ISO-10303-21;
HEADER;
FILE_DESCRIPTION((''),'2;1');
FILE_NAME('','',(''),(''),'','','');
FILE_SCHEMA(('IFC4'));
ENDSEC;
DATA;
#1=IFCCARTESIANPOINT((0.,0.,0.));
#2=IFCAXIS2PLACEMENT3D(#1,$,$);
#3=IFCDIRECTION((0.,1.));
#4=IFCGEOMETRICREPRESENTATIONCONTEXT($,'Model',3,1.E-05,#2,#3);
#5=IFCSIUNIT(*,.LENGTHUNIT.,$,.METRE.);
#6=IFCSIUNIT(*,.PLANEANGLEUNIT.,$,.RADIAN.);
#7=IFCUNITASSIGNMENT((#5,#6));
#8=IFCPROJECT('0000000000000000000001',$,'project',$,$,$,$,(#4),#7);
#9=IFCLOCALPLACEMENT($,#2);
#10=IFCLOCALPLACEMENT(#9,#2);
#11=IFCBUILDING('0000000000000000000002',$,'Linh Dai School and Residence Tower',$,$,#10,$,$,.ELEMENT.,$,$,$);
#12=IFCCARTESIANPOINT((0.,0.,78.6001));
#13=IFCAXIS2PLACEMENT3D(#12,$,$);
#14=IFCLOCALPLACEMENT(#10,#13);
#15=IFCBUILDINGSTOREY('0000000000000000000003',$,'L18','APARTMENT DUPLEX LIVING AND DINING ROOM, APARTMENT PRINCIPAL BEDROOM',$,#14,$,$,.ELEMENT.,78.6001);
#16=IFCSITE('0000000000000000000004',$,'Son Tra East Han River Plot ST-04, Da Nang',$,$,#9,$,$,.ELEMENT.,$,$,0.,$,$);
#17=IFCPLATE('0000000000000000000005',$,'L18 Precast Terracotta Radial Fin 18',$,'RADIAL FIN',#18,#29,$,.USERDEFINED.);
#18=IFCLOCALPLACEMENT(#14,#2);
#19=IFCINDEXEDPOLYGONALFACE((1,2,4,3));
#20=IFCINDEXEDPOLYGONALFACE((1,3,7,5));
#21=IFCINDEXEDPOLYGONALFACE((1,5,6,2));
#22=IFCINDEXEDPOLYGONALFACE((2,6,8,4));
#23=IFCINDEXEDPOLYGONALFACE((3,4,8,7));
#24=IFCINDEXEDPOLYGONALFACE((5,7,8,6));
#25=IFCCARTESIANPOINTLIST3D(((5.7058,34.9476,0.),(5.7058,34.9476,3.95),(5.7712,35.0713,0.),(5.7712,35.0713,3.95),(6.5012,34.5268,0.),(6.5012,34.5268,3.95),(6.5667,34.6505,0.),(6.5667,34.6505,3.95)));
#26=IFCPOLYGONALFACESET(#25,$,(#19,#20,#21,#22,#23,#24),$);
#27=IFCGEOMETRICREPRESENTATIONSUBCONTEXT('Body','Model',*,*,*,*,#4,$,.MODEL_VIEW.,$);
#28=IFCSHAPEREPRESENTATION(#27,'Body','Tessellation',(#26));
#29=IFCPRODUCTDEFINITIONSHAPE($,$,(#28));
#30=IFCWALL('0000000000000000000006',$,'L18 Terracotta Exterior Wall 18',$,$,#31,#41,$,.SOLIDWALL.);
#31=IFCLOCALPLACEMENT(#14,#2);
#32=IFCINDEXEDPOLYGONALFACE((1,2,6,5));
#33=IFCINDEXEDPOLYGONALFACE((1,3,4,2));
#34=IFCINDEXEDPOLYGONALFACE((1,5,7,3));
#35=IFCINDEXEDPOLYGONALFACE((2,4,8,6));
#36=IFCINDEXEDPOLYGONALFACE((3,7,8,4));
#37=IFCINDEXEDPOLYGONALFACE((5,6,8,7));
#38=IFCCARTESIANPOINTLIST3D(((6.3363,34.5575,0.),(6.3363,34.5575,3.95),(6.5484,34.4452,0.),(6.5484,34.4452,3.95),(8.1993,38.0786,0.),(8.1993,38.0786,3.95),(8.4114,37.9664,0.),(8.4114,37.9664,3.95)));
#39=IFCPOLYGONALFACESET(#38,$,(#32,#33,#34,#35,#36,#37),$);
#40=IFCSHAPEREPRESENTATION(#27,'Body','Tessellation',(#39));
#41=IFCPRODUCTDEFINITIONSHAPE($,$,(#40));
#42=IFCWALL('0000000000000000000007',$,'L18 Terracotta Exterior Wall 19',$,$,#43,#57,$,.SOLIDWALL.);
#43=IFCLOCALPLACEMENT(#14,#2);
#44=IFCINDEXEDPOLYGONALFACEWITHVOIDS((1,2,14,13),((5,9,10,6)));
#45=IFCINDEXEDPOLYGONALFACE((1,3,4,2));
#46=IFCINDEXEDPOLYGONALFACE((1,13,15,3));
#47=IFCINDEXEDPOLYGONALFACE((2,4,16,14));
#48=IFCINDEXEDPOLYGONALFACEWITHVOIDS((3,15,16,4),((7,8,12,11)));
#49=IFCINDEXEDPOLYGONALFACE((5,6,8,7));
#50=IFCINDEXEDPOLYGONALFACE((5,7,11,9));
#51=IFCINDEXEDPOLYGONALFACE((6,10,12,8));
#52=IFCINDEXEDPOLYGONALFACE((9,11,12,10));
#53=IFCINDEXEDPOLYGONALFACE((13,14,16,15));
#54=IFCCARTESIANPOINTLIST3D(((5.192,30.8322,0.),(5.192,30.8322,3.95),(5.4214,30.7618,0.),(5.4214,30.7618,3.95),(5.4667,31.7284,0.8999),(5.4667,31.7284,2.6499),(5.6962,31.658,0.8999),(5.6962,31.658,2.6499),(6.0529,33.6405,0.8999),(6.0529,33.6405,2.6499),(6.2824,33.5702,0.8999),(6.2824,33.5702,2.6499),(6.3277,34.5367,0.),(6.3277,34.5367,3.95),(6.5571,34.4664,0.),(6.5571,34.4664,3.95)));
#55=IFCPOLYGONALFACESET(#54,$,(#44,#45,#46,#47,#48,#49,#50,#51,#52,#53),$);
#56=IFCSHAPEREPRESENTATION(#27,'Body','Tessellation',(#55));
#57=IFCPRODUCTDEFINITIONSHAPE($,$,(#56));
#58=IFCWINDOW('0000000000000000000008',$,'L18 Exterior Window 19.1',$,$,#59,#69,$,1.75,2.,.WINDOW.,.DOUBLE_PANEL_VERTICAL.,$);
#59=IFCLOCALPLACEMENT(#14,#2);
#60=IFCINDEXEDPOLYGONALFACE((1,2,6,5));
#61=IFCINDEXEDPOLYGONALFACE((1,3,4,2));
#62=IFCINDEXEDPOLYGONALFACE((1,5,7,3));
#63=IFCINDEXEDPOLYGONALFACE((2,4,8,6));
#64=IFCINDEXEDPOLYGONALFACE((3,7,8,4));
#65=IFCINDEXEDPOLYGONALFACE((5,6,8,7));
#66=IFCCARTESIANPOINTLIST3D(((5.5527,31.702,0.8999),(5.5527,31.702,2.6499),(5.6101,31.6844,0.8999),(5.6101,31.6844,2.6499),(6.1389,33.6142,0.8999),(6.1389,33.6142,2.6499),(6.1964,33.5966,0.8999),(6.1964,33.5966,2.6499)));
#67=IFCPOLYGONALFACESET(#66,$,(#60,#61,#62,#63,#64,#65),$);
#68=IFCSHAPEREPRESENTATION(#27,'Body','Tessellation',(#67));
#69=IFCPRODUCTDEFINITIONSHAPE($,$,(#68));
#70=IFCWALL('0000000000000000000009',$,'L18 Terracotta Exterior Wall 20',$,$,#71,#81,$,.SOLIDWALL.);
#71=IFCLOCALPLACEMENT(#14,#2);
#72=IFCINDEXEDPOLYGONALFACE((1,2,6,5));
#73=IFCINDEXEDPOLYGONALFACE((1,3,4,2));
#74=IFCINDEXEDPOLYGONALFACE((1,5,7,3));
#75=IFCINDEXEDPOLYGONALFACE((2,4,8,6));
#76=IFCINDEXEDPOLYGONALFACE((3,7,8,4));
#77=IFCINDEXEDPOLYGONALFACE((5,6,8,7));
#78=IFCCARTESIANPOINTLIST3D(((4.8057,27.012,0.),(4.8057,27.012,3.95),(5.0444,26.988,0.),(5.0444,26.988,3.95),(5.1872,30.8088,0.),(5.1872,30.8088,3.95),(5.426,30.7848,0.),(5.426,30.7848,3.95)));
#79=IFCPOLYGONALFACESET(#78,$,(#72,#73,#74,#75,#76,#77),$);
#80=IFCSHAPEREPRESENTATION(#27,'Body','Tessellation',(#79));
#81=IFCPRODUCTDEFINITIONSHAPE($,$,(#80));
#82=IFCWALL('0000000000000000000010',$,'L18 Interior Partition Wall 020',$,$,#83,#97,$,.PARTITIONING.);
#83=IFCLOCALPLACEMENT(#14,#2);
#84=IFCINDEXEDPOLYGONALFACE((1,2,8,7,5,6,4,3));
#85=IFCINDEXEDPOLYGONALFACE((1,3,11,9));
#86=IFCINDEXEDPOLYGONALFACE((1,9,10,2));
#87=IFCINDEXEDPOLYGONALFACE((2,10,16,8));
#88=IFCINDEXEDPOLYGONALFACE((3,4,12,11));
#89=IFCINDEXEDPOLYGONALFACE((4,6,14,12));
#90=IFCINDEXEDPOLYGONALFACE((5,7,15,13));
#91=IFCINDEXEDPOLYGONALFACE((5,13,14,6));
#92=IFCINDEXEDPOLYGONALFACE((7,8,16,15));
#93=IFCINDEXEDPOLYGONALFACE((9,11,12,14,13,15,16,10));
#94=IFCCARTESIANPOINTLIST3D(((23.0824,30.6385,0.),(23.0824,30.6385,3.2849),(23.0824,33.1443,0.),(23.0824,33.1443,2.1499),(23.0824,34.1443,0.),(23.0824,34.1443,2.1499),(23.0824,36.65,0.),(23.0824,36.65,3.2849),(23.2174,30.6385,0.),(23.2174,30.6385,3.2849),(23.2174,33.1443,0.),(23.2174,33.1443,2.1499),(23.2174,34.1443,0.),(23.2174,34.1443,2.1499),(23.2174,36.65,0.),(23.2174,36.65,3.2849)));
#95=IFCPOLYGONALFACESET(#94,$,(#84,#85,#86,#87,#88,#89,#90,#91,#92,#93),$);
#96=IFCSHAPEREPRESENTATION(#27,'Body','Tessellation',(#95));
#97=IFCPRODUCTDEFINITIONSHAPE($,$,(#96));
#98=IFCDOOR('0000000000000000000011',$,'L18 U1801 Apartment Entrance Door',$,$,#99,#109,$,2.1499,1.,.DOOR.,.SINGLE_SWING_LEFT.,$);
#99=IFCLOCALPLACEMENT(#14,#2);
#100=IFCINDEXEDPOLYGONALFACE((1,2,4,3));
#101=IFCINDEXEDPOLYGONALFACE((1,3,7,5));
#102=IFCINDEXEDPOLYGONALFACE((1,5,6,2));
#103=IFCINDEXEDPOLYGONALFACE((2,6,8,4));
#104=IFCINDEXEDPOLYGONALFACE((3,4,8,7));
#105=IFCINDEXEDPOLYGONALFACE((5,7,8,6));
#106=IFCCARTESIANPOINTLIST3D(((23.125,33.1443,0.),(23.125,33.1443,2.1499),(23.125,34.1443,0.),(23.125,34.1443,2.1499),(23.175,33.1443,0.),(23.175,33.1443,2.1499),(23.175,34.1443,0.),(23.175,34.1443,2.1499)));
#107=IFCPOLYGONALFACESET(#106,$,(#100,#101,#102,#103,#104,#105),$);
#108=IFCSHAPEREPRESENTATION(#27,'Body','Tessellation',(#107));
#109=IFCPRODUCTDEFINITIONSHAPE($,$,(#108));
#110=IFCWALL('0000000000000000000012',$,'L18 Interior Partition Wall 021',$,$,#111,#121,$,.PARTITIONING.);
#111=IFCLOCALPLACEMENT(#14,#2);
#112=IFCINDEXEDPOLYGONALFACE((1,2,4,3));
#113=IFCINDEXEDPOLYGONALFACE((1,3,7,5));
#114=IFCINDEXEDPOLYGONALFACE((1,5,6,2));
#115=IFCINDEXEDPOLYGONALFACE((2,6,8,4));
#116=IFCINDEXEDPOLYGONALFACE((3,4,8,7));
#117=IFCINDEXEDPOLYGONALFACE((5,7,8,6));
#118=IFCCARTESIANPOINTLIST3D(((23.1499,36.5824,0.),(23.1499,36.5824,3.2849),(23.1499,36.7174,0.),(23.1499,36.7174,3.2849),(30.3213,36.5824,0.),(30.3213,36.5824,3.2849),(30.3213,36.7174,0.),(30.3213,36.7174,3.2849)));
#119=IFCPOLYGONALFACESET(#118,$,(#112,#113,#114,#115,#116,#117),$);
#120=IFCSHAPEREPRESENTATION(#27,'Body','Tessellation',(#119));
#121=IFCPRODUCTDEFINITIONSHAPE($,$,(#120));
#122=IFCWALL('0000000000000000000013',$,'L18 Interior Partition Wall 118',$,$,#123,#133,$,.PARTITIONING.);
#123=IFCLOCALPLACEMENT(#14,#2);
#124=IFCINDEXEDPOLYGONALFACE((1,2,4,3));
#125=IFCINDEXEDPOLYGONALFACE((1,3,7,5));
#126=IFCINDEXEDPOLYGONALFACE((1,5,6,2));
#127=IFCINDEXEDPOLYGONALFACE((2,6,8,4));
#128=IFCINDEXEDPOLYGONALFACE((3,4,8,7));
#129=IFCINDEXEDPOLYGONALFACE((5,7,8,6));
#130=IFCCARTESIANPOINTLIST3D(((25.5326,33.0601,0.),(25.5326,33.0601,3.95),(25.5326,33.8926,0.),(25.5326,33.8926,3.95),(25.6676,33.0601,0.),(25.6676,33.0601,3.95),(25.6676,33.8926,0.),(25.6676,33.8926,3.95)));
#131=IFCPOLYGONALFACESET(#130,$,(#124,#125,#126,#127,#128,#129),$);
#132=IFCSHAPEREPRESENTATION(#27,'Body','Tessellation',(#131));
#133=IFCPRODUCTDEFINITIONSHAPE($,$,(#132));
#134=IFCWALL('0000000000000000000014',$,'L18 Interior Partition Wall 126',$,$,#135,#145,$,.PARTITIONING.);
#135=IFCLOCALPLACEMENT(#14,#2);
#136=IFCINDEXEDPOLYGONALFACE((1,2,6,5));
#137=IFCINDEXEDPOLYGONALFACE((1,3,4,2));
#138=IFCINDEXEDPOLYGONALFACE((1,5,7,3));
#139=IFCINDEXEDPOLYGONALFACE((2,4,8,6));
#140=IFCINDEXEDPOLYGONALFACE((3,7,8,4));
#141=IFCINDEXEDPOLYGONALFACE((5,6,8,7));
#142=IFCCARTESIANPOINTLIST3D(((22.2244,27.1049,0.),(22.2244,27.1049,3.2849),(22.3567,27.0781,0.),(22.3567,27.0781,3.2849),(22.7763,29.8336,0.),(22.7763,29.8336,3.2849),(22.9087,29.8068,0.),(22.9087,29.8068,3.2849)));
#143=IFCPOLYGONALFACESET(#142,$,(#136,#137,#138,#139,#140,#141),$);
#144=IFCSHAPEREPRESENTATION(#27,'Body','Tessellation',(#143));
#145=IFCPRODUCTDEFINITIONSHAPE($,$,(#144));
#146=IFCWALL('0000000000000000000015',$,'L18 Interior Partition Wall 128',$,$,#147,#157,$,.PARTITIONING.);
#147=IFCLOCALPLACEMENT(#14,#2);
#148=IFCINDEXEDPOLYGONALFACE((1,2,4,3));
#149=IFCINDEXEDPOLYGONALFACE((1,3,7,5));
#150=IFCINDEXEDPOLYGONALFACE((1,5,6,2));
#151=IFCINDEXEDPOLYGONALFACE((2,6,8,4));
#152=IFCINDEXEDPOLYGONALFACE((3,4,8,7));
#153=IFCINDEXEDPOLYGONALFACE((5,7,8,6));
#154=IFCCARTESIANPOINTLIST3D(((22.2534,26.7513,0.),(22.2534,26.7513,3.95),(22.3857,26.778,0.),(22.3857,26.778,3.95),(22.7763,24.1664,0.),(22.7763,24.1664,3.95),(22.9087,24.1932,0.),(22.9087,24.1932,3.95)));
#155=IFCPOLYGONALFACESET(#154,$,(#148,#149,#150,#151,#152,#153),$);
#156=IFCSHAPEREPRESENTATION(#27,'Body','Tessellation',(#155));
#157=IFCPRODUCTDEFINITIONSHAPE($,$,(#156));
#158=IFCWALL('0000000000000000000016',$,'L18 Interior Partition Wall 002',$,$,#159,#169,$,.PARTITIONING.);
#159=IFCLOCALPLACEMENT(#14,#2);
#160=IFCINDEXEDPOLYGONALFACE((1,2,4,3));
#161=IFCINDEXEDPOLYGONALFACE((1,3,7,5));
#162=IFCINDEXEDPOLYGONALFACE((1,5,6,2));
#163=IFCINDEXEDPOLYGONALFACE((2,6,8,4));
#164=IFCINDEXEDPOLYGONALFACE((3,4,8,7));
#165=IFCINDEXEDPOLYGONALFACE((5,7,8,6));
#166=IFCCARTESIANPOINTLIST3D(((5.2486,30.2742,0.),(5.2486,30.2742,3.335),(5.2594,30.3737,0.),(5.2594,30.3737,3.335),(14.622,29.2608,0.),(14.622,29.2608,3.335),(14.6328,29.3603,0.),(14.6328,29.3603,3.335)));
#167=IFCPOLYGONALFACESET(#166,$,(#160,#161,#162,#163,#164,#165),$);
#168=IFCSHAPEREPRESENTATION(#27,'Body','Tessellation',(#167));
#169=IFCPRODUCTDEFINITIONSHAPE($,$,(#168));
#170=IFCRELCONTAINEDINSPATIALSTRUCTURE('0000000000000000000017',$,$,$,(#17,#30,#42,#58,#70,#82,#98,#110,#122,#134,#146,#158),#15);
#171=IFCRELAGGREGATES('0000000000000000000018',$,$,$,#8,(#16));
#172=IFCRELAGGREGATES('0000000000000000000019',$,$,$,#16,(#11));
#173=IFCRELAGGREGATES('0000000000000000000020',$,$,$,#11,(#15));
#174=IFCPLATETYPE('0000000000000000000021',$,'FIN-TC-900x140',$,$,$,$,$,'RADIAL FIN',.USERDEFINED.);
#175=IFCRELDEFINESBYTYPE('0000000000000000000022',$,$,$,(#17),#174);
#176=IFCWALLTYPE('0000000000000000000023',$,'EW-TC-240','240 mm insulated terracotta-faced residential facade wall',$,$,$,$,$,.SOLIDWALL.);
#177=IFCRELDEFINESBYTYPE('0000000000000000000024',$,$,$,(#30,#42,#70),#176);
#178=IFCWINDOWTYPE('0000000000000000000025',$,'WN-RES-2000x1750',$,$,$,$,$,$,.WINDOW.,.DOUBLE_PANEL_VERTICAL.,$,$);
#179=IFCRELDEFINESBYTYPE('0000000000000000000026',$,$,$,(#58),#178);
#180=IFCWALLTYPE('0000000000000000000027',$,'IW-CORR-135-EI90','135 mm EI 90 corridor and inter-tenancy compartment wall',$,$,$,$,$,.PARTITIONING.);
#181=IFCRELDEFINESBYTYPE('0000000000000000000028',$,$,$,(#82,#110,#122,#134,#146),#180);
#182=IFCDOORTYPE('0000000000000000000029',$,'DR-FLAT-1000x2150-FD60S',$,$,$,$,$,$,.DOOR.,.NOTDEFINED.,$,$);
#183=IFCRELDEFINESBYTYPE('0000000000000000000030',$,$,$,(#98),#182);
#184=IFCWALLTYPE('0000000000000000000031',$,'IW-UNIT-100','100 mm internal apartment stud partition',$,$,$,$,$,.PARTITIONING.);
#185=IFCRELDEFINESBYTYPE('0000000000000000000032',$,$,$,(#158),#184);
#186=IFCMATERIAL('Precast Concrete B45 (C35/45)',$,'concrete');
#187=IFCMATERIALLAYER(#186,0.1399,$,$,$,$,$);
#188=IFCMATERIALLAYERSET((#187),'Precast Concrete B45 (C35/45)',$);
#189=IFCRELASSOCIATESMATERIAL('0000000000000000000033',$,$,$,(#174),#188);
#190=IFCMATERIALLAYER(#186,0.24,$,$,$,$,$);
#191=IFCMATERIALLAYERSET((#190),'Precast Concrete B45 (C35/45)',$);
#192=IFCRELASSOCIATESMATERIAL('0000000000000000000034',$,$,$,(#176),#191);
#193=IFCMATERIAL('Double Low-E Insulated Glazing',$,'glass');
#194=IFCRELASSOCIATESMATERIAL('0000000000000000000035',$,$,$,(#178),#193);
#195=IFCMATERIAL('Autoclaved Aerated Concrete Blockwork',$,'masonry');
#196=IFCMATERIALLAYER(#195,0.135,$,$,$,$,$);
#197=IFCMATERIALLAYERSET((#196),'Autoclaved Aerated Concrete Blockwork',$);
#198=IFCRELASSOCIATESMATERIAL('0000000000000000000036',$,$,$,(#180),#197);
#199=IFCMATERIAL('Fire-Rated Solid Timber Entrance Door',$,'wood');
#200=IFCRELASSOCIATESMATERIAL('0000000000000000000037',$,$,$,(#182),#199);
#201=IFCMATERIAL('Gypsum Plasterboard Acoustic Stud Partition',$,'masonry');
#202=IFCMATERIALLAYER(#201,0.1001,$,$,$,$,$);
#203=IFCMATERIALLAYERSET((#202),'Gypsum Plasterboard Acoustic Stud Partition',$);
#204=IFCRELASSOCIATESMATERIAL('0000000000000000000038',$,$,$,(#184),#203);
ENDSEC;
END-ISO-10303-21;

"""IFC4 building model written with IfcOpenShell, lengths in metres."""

from ifc_helpers import new_model, si_unit, direction, frame, frame_2d, origin, origin_2d, place, context, subcontext, project, spatial, rectangle, extrude, source, transform, mapped, material, layer, layer_set, type_object, element, fill, save


model = new_model("IFC4")

# Units and contexts
model_context = context("Model", 3, precision=1e-05, world=origin(), true_north=direction((0.0, 1.0)))
body_context = subcontext(model_context, "Body", "Model", "MODEL_VIEW")
ifc_project = project(units=[si_unit("LENGTHUNIT", "METRE"), si_unit("PLANEANGLEUNIT", "RADIAN")], contexts=[model_context])

# Site, building, storey
site_placement = place(None, origin())
site = spatial("IfcSite", under=ifc_project, at=site_placement, Name="Son Tra East Han River Plot ST-04, Da Nang", CompositionType="ELEMENT", RefElevation=0.0)
building_placement = place(site_placement, origin())
building = spatial("IfcBuilding", under=site, at=building_placement, Name="Linh Dai School and Residence Tower", CompositionType="ELEMENT")
storey_placement = place(building_placement, frame((0.0, 0.0, 78.6001)))
storey = spatial("IfcBuildingStorey", under=building, at=storey_placement, Name="L18", Description="APARTMENT DUPLEX LIVING AND DINING ROOM, APARTMENT PRINCIPAL BEDROOM", CompositionType="ELEMENT", Elevation=78.6001)

# Plate
ifc_material_1 = material(Name="Precast Concrete B45 (C35/45)", Category="concrete")
ifc_layer_1 = layer(ifc_material_1, 0.1399)
ifc_layer_set_1 = layer_set([ifc_layer_1], Name="Precast Concrete B45 (C35/45)")
plate_type = type_object("IfcPlateType", Name="FIN-TC-900x140", ElementType="RADIAL FIN", PredefinedType="USERDEFINED", material=ifc_layer_set_1)
shared_shape_1 = source(origin(), body_context, "Body", "SweptSolid", [
    extrude(rectangle(XDim=0.8999, YDim=0.1399, at=origin_2d()), origin(), (0.0, 0.0, 1.0), 3.95),
])
plate_placement = place(storey_placement, frame((6.1362, 34.7991, 0.0), z_axis=(0.0, 0.0, 1.0), x_axis=(-0.883934, 0.467612, 0.0)))
element("IfcPlate", 1, at=plate_placement, inside=storey, type_object=plate_type, Name="L18 Precast Terracotta Radial Fin 18", ObjectType="RADIAL FIN", PredefinedType="USERDEFINED", context=body_context, shape_type="MappedRepresentation", body=[
    mapped(shared_shape_1, transform((0.0, 0.0, 0.0), x_axis=(1.0, 0.0, 0.0), y_axis=(0.0, 1.0, 0.0), z_axis=(0.0, 0.0, 1.0), scale=1.0)),
])

# Wall
ifc_layer_2 = layer(ifc_material_1, 0.24)
ifc_layer_set_2 = layer_set([ifc_layer_2], Name="Precast Concrete B45 (C35/45)")
wall_type_1 = type_object("IfcWallType", Name="EW-TC-240", Description="240 mm insulated terracotta-faced residential facade wall", PredefinedType="SOLIDWALL", material=ifc_layer_set_2)
wall_1_placement = place(storey_placement, frame((6.4424, 34.5015, 0.0), z_axis=(0.0, 0.0, 1.0), x_axis=(0.467662, 0.883907, 0.0)))
element("IfcWall", 2, at=wall_1_placement, inside=storey, type_object=wall_type_1, Name="L18 Terracotta Exterior Wall 18", PredefinedType="SOLIDWALL", context=body_context, shape_type="SweptSolid", body=[
    extrude(rectangle(XDim=3.9836, YDim=0.24, at=frame_2d((1.9917, 0.0))), origin(), (0.0, 0.0, 1.0), 3.95),
])

# Wall, opening, window
wall_2_placement = place(storey_placement, frame((5.3066, 30.7969, 0.0), z_axis=(0.0, 0.0, 1.0), x_axis=(0.293112, 0.956078, 0.0)))
wall_2 = element("IfcWall", 3, at=wall_2_placement, inside=storey, type_object=wall_type_1, Name="L18 Terracotta Exterior Wall 19", PredefinedType="SOLIDWALL", context=body_context, shape_type="SweptSolid", body=[
    extrude(rectangle(XDim=3.8748, YDim=0.24, at=frame_2d((1.9375, 0.0))), origin(), (0.0, 0.0, 1.0), 3.95),
])
opening_1_placement = place(wall_2_placement, frame((0.9375, 0.0, 0.8999)))
opening_1 = element("IfcOpeningElement", 4, at=opening_1_placement, cuts=wall_2, PredefinedType="OPENING", context=body_context, shape_type="SweptSolid", body=[
    extrude(rectangle(XDim=2.0, YDim=1.75, at=origin_2d()), frame((1.0, 0.1299, 0.875), z_axis=(0.0, -1.0, 0.0), x_axis=(1.0, 0.0, 0.0)), (0.0, 0.0, 1.0), 0.26),
])
ifc_material_2 = material(Name="Double Low-E Insulated Glazing", Category="glass")
window_type = type_object("IfcWindowType", Name="WN-RES-2000x1750", PartitioningType="DOUBLE_PANEL_VERTICAL", PredefinedType="WINDOW", material=ifc_material_2)
shared_shape_2 = source(origin(), body_context, "Body", "SweptSolid", [
    extrude(rectangle(XDim=2.0, YDim=1.75, at=origin_2d()), frame((1.0, 0.03, 0.875), z_axis=(0.0, -1.0, 0.0), x_axis=(1.0, 0.0, 0.0)), (0.0, 0.0, 1.0), 0.0601),
])
window_placement = place(opening_1_placement, origin())
window = element("IfcWindow", 5, at=window_placement, inside=storey, type_object=window_type, Name="L18 Exterior Window 19.1", OverallHeight=1.75, OverallWidth=2.0, PartitioningType="DOUBLE_PANEL_VERTICAL", PredefinedType="WINDOW", context=body_context, shape_type="MappedRepresentation", body=[
    mapped(shared_shape_2, transform((0.0, 0.0, 0.0), x_axis=(1.0, 0.0, 0.0), y_axis=(0.0, 1.0, 0.0), z_axis=(0.0, 0.0, 1.0), scale=1.0)),
])
fill(opening_1, window)

# Wall
wall_3_placement = place(storey_placement, frame((4.925, 27.0, 0.0), z_axis=(0.0, 0.0, 1.0), x_axis=(0.099998, 0.994988, 0.0)))
element("IfcWall", 6, at=wall_3_placement, inside=storey, type_object=wall_type_1, Name="L18 Terracotta Exterior Wall 20", PredefinedType="SOLIDWALL", context=body_context, shape_type="SweptSolid", body=[
    extrude(rectangle(XDim=3.8159, YDim=0.24, at=frame_2d((1.908, 0.0))), origin(), (0.0, 0.0, 1.0), 3.95),
])

# Wall, opening, door
ifc_material_3 = material(Name="Autoclaved Aerated Concrete Blockwork", Category="masonry")
ifc_layer_3 = layer(ifc_material_3, 0.135)
ifc_layer_set_3 = layer_set([ifc_layer_3], Name="Autoclaved Aerated Concrete Blockwork")
wall_type_2 = type_object("IfcWallType", Name="IW-CORR-135-EI90", Description="135 mm EI 90 corridor and inter-tenancy compartment wall", PredefinedType="PARTITIONING", material=ifc_layer_set_3)
wall_4_placement = place(storey_placement, frame((23.1499, 30.6384, 0.0), z_axis=(0.0, 0.0, 1.0), x_axis=(0.0, 1.0, 0.0)))
wall_4 = element("IfcWall", 7, at=wall_4_placement, inside=storey, type_object=wall_type_2, Name="L18 Interior Partition Wall 020", PredefinedType="PARTITIONING", context=body_context, shape_type="SweptSolid", body=[
    extrude(rectangle(XDim=6.0115, YDim=0.135, at=frame_2d((3.0059, 0.0))), origin(), (0.0, 0.0, 1.0), 3.2849),
])
opening_2_placement = place(wall_4_placement, frame((2.5059, 0.0, 0.0)))
opening_2 = element("IfcOpeningElement", 8, at=opening_2_placement, cuts=wall_4, PredefinedType="OPENING", context=body_context, shape_type="SweptSolid", body=[
    extrude(rectangle(XDim=1.0, YDim=2.1499, at=origin_2d()), frame((0.5, 0.0776, 1.075), z_axis=(0.0, -1.0, 0.0), x_axis=(1.0, 0.0, 0.0)), (0.0, 0.0, 1.0), 0.155),
])
ifc_material_4 = material(Name="Fire-Rated Solid Timber Entrance Door", Category="wood")
door_type_1 = type_object("IfcDoorType", Name="DR-FLAT-1000x2150-FD60S", OperationType="NOTDEFINED", PredefinedType="DOOR", material=ifc_material_4)
shared_shape_3 = source(origin(), body_context, "Body", "SweptSolid", [
    extrude(rectangle(XDim=1.0, YDim=2.1499, at=origin_2d()), frame((0.5, 0.0249, 1.075), z_axis=(0.0, -1.0, 0.0), x_axis=(1.0, 0.0, 0.0)), (0.0, 0.0, 1.0), 0.05),
])
door_1_placement = place(opening_2_placement, origin())
door_1 = element("IfcDoor", 9, at=door_1_placement, inside=storey, type_object=door_type_1, Name="L18 U1801 Apartment Entrance Door", OperationType="SINGLE_SWING_LEFT", OverallHeight=2.1499, OverallWidth=1.0, PredefinedType="DOOR", context=body_context, shape_type="MappedRepresentation", body=[
    mapped(shared_shape_3, transform((0.0, 0.0, 0.0), x_axis=(1.0, 0.0, 0.0), y_axis=(0.0, 1.0, 0.0), z_axis=(0.0, 0.0, 1.0), scale=1.0)),
])
fill(opening_2, door_1)

# Walls
wall_5_placement = place(storey_placement, frame((23.1499, 36.6499, 0.0), z_axis=(0.0, 0.0, 1.0), x_axis=(1.0, 0.0, 0.0)))
element("IfcWall", 10, at=wall_5_placement, inside=storey, type_object=wall_type_2, Name="L18 Interior Partition Wall 021", PredefinedType="PARTITIONING", context=body_context, shape_type="SweptSolid", body=[
    extrude(rectangle(XDim=7.1714, YDim=0.135, at=frame_2d((3.5857, 0.0))), origin(), (0.0, 0.0, 1.0), 3.2849),
])
wall_6_placement = place(storey_placement, frame((25.6001, 33.8926, 0.0), z_axis=(0.0, 0.0, 1.0), x_axis=(0.0, -1.0, 0.0)))
element("IfcWall", 11, at=wall_6_placement, inside=storey, type_object=wall_type_2, Name="L18 Interior Partition Wall 118", PredefinedType="PARTITIONING", context=body_context, shape_type="SweptSolid", body=[
    extrude(rectangle(XDim=0.8325, YDim=0.135, at=frame_2d((0.4163, 0.0))), origin(), (0.0, 0.0, 1.0), 3.95),
])
wall_7_placement = place(storey_placement, frame((22.8425, 29.8203, 0.0), z_axis=(0.0, 0.0, 1.0), x_axis=(-0.198274, -0.980147, 0.0)))
element("IfcWall", 12, at=wall_7_placement, inside=storey, type_object=wall_type_2, Name="L18 Interior Partition Wall 126", PredefinedType="PARTITIONING", context=body_context, shape_type="SweptSolid", body=[
    extrude(rectangle(XDim=2.7839, YDim=0.135, at=frame_2d((1.3921, 0.0))), origin(), (0.0, 0.0, 1.0), 3.2849),
])
wall_8_placement = place(storey_placement, frame((22.3196, 26.7646, 0.0), z_axis=(0.0, 0.0, 1.0), x_axis=(0.198288, -0.980144, 0.0)))
element("IfcWall", 13, at=wall_8_placement, inside=storey, type_object=wall_type_2, Name="L18 Interior Partition Wall 128", PredefinedType="PARTITIONING", context=body_context, shape_type="SweptSolid", body=[
    extrude(rectangle(XDim=2.6372, YDim=0.135, at=frame_2d((1.3186, 0.0))), origin(), (0.0, 0.0, 1.0), 3.95),
])
ifc_material_5 = material(Name="Gypsum Plasterboard Acoustic Stud Partition", Category="masonry")
ifc_layer_4 = layer(ifc_material_5, 0.1001)
ifc_layer_set_4 = layer_set([ifc_layer_4], Name="Gypsum Plasterboard Acoustic Stud Partition")
wall_type_3 = type_object("IfcWallType", Name="IW-UNIT-100", Description="100 mm internal apartment stud partition", PredefinedType="PARTITIONING", material=ifc_layer_set_4)
wall_9_placement = place(storey_placement, frame((5.2542, 30.324, 0.0), z_axis=(0.0, 0.0, 1.0), x_axis=(0.994206, -0.107492, 0.0)))
element("IfcWall", 14, at=wall_9_placement, inside=storey, type_object=wall_type_3, Name="L18 Interior Partition Wall 002", PredefinedType="PARTITIONING", context=body_context, shape_type="SweptSolid", body=[
    extrude(rectangle(XDim=9.428, YDim=0.1001, at=frame_2d((4.7139, 0.0))), origin(), (0.0, 0.0, 1.0), 3.335),
])

save(model, "model.ifc")
